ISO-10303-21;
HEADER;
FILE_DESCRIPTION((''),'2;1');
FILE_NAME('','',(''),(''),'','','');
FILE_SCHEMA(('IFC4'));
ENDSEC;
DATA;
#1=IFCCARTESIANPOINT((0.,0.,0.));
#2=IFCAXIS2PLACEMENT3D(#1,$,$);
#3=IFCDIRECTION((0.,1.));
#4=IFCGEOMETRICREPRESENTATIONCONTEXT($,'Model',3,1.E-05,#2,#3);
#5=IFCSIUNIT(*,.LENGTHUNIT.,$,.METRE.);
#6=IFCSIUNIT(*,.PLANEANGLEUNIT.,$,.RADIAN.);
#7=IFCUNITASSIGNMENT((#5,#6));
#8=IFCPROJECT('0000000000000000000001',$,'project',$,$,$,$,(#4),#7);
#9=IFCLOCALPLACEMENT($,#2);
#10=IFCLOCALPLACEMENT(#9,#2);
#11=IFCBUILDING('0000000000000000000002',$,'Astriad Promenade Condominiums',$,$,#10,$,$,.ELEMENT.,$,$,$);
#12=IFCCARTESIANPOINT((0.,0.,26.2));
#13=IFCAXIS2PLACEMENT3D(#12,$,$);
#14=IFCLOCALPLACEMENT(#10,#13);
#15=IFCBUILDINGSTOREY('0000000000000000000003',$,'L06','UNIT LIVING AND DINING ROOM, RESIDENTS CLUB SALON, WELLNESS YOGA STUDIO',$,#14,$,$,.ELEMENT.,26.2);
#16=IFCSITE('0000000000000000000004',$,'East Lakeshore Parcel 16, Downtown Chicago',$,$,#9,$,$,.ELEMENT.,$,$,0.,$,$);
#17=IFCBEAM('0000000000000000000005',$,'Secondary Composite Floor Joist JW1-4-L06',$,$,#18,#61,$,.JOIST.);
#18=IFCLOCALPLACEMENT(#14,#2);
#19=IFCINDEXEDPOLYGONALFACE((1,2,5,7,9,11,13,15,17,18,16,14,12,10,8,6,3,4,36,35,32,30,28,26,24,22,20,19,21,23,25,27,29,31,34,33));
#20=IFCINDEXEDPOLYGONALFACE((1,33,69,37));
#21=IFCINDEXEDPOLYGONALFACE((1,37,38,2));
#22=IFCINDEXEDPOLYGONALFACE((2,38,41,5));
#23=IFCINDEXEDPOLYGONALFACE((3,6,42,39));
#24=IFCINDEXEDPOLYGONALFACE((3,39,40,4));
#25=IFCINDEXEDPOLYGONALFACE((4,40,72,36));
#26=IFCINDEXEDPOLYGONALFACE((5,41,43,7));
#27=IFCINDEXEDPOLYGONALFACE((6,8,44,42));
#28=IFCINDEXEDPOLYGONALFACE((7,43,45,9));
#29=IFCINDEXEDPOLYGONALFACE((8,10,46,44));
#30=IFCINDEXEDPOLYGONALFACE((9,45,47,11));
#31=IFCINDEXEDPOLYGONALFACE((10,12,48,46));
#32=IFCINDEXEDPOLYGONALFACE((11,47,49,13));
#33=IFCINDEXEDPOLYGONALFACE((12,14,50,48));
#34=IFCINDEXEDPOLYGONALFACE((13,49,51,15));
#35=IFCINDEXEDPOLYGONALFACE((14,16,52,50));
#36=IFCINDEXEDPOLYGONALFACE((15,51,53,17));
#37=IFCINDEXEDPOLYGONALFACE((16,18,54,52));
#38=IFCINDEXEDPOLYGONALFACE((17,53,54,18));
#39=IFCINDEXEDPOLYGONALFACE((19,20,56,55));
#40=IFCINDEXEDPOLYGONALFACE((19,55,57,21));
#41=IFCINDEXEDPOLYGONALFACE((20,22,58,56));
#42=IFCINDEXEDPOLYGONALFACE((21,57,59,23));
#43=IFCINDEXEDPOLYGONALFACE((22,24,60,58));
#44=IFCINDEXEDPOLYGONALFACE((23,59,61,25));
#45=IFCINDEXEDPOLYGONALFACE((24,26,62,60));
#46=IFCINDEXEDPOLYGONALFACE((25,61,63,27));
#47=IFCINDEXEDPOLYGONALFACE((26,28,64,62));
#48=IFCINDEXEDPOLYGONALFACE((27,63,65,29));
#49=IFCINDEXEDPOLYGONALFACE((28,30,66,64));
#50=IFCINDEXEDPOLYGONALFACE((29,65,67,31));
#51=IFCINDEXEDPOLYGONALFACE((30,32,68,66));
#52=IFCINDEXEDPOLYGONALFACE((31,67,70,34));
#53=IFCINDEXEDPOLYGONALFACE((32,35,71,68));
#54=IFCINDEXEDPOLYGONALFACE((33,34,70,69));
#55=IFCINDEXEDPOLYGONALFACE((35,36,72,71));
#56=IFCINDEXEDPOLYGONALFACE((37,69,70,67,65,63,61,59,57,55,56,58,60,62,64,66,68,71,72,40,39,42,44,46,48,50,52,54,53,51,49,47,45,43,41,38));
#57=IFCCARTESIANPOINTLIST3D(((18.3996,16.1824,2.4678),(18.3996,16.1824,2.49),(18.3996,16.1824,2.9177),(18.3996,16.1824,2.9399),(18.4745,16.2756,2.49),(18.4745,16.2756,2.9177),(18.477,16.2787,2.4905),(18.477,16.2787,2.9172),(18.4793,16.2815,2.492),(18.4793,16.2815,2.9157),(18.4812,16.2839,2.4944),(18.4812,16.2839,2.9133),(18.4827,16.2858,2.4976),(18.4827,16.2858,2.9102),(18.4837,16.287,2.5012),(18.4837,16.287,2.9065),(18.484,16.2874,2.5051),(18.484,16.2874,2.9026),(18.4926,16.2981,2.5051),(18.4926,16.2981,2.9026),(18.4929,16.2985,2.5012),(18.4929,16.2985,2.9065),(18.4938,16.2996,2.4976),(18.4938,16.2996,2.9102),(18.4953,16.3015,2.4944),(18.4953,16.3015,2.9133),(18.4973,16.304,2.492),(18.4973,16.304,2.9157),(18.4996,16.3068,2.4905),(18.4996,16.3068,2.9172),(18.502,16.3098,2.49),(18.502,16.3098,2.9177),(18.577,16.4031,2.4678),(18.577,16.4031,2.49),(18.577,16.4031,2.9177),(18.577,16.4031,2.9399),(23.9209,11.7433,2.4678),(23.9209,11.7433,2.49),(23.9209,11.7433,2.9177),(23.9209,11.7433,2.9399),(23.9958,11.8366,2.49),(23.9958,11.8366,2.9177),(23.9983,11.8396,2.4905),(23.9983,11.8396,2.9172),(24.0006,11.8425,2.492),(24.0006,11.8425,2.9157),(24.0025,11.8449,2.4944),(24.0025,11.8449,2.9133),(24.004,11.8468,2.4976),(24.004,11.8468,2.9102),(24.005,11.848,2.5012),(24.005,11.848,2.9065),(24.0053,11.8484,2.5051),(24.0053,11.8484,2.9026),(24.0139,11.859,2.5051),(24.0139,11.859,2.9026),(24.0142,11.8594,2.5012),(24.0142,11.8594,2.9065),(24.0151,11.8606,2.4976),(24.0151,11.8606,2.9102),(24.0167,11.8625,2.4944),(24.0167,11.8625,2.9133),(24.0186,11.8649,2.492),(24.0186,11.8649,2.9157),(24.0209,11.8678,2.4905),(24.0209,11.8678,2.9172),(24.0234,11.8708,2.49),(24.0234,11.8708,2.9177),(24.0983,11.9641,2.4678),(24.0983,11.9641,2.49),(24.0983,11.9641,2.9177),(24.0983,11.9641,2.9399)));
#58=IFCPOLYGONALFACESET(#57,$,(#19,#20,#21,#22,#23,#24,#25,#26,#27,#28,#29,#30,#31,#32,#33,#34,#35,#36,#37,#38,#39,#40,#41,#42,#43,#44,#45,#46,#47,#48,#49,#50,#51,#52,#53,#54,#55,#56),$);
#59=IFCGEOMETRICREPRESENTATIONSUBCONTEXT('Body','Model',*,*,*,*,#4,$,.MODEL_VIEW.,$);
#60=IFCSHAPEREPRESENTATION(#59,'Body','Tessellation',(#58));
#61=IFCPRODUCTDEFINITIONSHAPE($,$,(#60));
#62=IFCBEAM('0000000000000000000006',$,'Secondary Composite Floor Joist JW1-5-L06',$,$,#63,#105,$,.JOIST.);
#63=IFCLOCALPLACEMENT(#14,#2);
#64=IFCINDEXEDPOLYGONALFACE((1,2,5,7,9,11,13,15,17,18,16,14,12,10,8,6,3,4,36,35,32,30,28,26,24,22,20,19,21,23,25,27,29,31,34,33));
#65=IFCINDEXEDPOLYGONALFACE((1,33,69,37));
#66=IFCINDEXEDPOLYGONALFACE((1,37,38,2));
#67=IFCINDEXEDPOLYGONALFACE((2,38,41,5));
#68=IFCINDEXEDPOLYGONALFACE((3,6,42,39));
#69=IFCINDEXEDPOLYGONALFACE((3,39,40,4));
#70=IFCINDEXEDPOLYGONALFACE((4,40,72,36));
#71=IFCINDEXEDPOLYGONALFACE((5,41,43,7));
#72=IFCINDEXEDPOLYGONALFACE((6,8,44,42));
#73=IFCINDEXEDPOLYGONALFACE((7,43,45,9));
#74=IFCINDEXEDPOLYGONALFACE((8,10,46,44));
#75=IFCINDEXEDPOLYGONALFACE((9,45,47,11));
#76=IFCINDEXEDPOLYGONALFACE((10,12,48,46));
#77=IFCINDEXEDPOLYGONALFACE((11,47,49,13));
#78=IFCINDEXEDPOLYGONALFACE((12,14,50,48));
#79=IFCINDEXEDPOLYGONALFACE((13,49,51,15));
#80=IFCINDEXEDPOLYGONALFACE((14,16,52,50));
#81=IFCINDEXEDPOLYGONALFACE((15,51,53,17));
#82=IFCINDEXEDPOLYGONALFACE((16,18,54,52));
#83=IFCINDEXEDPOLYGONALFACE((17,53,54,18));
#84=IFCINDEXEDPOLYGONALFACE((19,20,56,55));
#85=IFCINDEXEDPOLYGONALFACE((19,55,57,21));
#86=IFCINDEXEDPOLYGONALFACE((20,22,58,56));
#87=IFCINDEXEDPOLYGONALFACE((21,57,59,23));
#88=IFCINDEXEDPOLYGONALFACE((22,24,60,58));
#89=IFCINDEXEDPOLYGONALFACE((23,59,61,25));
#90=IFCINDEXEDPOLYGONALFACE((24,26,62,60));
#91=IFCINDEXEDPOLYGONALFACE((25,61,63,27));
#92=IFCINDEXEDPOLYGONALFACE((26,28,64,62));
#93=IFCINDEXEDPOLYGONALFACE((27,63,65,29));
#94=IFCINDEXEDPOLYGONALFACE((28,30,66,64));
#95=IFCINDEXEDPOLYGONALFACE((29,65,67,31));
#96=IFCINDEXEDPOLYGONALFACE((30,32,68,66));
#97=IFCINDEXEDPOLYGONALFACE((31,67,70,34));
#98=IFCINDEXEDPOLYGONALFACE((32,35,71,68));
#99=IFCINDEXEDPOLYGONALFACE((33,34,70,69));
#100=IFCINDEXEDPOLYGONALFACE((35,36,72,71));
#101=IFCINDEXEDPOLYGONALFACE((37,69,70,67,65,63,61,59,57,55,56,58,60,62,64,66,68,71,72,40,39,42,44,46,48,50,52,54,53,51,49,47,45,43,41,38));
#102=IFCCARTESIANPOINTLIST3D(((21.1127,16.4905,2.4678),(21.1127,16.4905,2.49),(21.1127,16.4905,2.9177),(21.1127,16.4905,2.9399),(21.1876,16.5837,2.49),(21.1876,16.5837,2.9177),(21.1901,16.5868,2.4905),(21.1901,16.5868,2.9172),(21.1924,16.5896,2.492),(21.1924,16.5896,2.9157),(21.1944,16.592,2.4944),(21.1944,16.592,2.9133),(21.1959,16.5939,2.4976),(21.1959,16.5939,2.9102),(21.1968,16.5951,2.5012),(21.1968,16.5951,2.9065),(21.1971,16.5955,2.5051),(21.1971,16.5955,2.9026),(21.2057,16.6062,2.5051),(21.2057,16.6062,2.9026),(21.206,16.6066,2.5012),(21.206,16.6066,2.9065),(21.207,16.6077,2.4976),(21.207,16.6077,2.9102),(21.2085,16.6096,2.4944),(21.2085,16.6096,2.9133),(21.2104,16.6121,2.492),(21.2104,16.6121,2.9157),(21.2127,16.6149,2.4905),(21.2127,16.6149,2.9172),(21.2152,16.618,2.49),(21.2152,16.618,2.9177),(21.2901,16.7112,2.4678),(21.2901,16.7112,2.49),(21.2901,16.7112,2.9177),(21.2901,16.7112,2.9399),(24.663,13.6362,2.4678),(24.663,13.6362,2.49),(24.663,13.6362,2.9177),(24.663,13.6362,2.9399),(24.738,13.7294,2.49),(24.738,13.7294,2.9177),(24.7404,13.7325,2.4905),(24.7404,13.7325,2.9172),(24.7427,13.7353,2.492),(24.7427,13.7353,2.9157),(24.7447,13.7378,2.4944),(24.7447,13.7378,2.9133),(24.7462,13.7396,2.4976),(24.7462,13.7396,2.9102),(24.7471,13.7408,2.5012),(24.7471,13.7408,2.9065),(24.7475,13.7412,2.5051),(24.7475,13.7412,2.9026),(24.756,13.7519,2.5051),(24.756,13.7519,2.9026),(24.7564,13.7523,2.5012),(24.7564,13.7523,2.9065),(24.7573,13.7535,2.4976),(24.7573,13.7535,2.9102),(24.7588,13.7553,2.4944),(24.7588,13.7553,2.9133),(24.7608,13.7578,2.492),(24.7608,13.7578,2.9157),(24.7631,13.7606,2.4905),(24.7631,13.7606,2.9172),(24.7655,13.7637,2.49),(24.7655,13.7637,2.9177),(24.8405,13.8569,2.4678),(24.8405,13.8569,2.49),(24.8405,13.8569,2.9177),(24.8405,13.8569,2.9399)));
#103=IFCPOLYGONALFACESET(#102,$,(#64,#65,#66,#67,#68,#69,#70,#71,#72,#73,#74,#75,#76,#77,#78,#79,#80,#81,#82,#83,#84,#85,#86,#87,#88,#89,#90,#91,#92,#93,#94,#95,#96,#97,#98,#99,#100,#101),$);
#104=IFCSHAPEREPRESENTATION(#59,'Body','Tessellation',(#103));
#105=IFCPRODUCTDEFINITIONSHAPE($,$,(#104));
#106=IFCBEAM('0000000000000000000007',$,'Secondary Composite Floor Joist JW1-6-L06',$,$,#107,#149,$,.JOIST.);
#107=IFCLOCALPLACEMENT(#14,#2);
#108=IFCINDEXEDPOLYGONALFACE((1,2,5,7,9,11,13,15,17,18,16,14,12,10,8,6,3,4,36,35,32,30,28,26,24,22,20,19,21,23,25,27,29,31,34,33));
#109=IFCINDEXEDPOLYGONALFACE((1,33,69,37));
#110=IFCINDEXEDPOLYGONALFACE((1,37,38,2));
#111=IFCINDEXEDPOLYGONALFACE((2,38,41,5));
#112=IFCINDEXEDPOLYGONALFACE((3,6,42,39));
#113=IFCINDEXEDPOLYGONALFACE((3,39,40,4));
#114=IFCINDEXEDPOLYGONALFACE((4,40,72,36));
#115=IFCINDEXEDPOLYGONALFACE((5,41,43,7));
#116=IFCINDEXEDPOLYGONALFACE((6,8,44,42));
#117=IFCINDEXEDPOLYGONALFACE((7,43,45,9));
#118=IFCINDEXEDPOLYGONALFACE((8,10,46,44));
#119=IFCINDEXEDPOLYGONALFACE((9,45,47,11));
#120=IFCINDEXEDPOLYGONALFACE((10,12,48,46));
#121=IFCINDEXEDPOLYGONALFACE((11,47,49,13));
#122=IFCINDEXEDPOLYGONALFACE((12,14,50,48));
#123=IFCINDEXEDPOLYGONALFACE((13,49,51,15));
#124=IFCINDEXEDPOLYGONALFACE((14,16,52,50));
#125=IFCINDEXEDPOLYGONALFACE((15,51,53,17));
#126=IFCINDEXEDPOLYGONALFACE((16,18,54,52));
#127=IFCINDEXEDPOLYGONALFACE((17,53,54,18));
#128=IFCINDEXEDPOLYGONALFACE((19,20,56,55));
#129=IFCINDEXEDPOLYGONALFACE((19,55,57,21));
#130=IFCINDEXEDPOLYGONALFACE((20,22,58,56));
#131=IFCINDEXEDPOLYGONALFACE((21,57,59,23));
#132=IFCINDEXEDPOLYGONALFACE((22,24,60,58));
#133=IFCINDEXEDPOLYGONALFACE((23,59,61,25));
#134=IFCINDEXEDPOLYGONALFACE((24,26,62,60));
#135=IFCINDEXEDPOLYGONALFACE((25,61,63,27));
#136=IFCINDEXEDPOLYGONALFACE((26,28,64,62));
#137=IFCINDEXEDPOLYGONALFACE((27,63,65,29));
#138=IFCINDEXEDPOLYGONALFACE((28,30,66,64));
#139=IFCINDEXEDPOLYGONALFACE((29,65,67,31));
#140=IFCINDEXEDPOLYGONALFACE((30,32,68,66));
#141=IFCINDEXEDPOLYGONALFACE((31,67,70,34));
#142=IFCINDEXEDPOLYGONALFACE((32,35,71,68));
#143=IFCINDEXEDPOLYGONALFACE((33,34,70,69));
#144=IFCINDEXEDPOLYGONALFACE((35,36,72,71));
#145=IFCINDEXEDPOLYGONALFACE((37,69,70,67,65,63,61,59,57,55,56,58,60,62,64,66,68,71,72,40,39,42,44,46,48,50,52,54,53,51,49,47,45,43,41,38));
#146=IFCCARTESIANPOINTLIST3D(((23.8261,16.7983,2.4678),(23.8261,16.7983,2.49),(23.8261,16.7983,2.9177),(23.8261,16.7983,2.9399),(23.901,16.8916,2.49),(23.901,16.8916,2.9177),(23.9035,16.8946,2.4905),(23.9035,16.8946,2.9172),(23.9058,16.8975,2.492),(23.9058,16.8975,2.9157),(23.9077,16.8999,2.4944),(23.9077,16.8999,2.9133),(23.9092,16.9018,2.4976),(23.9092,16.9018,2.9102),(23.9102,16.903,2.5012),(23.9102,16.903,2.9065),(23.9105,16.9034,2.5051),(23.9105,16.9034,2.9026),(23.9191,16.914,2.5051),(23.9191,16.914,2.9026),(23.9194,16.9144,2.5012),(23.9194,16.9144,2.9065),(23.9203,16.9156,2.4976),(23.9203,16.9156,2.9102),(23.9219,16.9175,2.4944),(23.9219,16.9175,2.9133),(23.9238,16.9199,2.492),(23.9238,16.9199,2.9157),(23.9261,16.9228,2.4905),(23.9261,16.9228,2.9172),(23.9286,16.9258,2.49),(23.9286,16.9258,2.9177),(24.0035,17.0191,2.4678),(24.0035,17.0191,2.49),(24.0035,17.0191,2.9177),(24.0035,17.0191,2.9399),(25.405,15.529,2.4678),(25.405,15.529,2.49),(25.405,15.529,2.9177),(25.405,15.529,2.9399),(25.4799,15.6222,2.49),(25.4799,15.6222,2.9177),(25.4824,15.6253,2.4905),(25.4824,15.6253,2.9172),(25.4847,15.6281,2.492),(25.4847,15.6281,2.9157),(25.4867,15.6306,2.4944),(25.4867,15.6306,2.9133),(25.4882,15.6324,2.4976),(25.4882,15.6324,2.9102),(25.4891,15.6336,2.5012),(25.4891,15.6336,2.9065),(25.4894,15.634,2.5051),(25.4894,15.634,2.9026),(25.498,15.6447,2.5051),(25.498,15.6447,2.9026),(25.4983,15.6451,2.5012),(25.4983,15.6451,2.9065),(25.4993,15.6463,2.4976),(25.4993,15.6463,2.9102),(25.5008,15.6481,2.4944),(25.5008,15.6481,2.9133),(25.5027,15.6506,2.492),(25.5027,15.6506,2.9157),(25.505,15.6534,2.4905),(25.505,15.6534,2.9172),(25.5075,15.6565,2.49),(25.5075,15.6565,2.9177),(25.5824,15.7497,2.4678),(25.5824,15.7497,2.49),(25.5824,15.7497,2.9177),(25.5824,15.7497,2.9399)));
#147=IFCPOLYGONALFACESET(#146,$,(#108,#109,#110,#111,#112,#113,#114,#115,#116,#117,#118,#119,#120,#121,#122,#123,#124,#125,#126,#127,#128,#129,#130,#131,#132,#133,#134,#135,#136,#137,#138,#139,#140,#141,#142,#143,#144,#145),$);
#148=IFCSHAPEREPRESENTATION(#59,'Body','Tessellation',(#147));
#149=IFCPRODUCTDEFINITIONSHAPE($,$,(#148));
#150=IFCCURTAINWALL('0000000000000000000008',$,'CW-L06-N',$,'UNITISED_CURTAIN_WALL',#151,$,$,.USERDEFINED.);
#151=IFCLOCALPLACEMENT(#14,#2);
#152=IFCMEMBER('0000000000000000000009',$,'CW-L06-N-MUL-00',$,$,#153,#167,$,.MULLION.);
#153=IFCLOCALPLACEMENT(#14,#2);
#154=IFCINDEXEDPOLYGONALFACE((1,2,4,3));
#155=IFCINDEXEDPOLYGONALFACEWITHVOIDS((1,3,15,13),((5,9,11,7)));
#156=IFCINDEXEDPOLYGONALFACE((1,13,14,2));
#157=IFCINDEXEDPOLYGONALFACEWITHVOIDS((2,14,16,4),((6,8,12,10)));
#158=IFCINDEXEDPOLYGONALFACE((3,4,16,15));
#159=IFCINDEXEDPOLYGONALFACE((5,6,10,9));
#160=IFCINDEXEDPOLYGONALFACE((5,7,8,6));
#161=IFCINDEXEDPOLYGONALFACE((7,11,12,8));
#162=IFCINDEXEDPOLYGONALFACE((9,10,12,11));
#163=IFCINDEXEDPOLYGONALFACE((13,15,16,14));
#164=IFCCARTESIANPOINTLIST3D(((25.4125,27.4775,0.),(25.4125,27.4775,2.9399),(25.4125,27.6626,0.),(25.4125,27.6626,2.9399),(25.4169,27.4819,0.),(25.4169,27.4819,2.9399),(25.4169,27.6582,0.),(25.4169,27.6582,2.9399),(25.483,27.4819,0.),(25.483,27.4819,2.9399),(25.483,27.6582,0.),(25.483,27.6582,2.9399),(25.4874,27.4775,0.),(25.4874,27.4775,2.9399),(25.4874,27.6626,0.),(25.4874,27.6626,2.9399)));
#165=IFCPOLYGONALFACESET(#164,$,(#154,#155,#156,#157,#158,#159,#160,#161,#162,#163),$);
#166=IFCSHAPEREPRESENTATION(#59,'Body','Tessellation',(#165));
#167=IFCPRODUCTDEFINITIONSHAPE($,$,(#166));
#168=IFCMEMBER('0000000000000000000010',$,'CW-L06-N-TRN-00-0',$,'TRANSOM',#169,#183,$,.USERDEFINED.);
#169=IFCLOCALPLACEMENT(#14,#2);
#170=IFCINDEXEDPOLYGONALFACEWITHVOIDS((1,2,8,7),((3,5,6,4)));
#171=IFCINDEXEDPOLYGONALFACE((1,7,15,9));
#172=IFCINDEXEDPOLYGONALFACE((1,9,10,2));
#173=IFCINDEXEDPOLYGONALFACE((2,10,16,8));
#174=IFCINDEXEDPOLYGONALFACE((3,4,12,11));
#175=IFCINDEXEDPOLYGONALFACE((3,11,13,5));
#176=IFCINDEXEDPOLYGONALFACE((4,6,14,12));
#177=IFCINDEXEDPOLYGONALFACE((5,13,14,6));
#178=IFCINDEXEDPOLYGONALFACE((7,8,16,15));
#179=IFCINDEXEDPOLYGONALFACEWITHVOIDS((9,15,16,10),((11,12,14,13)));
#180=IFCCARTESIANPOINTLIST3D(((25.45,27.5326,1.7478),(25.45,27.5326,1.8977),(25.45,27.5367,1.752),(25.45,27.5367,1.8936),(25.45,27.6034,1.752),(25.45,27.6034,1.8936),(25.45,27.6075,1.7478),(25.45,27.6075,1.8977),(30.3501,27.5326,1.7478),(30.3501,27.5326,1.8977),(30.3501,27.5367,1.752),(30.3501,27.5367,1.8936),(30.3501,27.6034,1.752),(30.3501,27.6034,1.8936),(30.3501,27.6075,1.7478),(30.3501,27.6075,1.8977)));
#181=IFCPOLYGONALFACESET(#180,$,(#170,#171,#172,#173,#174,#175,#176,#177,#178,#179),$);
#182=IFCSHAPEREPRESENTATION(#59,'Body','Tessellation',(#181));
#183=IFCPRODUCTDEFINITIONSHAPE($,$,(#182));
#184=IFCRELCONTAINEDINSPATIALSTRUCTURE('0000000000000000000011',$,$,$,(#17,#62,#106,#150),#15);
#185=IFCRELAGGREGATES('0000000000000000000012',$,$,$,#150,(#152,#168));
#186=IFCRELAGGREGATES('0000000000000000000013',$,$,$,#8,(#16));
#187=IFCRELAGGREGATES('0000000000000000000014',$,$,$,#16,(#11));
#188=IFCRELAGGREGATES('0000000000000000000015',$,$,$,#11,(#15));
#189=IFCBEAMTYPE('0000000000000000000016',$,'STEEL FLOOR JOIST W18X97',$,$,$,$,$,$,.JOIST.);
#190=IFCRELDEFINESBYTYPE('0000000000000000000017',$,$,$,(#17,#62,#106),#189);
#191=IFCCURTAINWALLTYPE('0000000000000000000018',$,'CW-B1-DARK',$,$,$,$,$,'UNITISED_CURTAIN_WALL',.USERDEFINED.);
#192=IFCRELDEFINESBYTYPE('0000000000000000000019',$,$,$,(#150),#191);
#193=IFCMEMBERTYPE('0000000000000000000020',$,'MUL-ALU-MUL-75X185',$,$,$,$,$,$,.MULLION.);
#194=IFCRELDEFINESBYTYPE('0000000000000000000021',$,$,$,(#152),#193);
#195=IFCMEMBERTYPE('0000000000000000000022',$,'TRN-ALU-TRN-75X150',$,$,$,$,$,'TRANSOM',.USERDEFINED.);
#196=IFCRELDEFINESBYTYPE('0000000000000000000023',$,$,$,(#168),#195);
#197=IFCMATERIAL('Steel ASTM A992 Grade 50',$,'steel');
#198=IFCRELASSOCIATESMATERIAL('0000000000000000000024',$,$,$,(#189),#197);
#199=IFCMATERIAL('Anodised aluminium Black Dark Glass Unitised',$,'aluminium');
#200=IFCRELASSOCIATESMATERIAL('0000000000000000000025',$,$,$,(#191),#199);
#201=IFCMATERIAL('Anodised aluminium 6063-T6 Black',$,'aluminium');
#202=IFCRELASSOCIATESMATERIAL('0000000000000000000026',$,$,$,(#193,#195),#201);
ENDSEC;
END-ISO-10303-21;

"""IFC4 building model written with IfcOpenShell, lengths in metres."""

from ifc_helpers import new_model, si_unit, direction, frame, origin, origin_2d, place, context, subcontext, project, spatial, hollow_rectangle, i_section, extrude, source, transform, mapped, material, material_profile, profile_set, type_object, type_shapes, element, aggregate, save


model = new_model("IFC4")

# Units and contexts
model_context = context("Model", 3, precision=1e-05, world=origin(), true_north=direction((0.0, 1.0)))
body_context = subcontext(model_context, "Body", "Model", "MODEL_VIEW")
ifc_project = project(units=[si_unit("LENGTHUNIT", "METRE"), si_unit("PLANEANGLEUNIT", "RADIAN")], contexts=[model_context])

# Site, building, storey
site_placement = place(None, origin())
site = spatial("IfcSite", under=ifc_project, at=site_placement, Name="East Lakeshore Parcel 16, Downtown Chicago", CompositionType="ELEMENT", RefElevation=0.0)
building_placement = place(site_placement, origin())
building = spatial("IfcBuilding", under=site, at=building_placement, Name="Astriad Promenade Condominiums", CompositionType="ELEMENT")
storey_placement = place(building_placement, frame((0.0, 0.0, 26.2)))
storey = spatial("IfcBuildingStorey", under=building, at=storey_placement, Name="L06", Description="UNIT LIVING AND DINING ROOM, RESIDENTS CLUB SALON, WELLNESS YOGA STUDIO", CompositionType="ELEMENT", Elevation=26.2)

# Shared definitions
ifc_material_1 = material(Name="Steel ASTM A992 Grade 50", Category="steel")

# Beams
ifc_material_profile_1 = material_profile(ifc_material_1, i_section(OverallWidth=0.2832, OverallDepth=0.4722, WebThickness=0.0137, FlangeThickness=0.0222, FilletRadius=0.0151, at=origin_2d()), Name="W18X97")
ifc_profile_set_1 = profile_set([ifc_material_profile_1], Name="Steel ASTM A992 Grade 50")
beam_type_1 = type_object("IfcBeamType", Name="STEEL FLOOR JOIST W18X97", PredefinedType="JOIST", material=ifc_profile_set_1)
shared_shape_1 = source(origin(), body_context, "Body", "SweptSolid", [
    extrude(i_section(OverallWidth=0.2832, OverallDepth=0.4722, WebThickness=0.0137, FlangeThickness=0.0222, FilletRadius=0.0151, at=origin_2d()), origin(), (0.0, 0.0, 1.0), 7.0845),
])
beam_1_placement = place(storey_placement, frame((18.4883, 16.2927, 2.7039), z_axis=(0.779354, -0.626584, 0.0), x_axis=(0.626584, 0.779354, 0.0)))
element("IfcBeam", 1, at=beam_1_placement, inside=storey, type_object=beam_type_1, Name="Secondary Composite Floor Joist JW1-4-L06", PredefinedType="JOIST", context=body_context, shape_type="MappedRepresentation", body=[
    mapped(shared_shape_1, transform((0.0, 0.0, 0.0), scale=1.0)),
])
shared_shape_2 = source(origin(), body_context, "Body", "SweptSolid", [
    extrude(i_section(OverallWidth=0.2832, OverallDepth=0.4722, WebThickness=0.0137, FlangeThickness=0.0222, FilletRadius=0.0151, at=origin_2d()), origin(), (0.0, 0.0, 1.0), 4.5554),
])
beam_2_placement = place(storey_placement, frame((21.2014, 16.6008, 2.7039), z_axis=(0.779366, -0.626569, 0.0), x_axis=(0.626569, 0.779366, 0.0)))
element("IfcBeam", 2, at=beam_2_placement, inside=storey, type_object=beam_type_1, Name="Secondary Composite Floor Joist JW1-5-L06", PredefinedType="JOIST", context=body_context, shape_type="MappedRepresentation", body=[
    mapped(shared_shape_2, transform((0.0, 0.0, 0.0), scale=1.0)),
])
shared_shape_3 = source(origin(), body_context, "Body", "SweptSolid", [
    extrude(i_section(OverallWidth=0.2832, OverallDepth=0.4722, WebThickness=0.0137, FlangeThickness=0.0222, FilletRadius=0.0151, at=origin_2d()), origin(), (0.0, 0.0, 1.0), 2.0259),
])
beam_3_placement = place(storey_placement, frame((23.9148, 16.9087, 2.7039), z_axis=(0.779373, -0.62656, 0.0), x_axis=(0.62656, 0.779373, 0.0)))
element("IfcBeam", 3, at=beam_3_placement, inside=storey, type_object=beam_type_1, Name="Secondary Composite Floor Joist JW1-6-L06", PredefinedType="JOIST", context=body_context, shape_type="MappedRepresentation", body=[
    mapped(shared_shape_3, transform((0.0, 0.0, 0.0), scale=1.0)),
])

# Curtain wall, members
ifc_material_2 = material(Name="Anodised aluminium Black Dark Glass Unitised", Category="aluminium")
curtain_wall_type = type_object("IfcCurtainWallType", Name="CW-B1-DARK", ElementType="UNITISED_CURTAIN_WALL", PredefinedType="USERDEFINED", material=ifc_material_2)
curtain_wall_placement = place(storey_placement, origin())
curtain_wall = element("IfcCurtainWall", 4, at=curtain_wall_placement, inside=storey, type_object=curtain_wall_type, Name="CW-L06-N", ObjectType="UNITISED_CURTAIN_WALL", PredefinedType="USERDEFINED")
ifc_material_3 = material(Name="Anodised aluminium 6063-T6 Black", Category="aluminium")
ifc_material_profile_2 = material_profile(ifc_material_3, hollow_rectangle(XDim=0.075, YDim=0.1851, WallThickness=0.0044, at=origin_2d()), Name="ALU-MUL-75X185")
ifc_profile_set_2 = profile_set([ifc_material_profile_2], Name="Anodised aluminium 6063-T6 Black")
member_type_1 = type_object("IfcMemberType", Name="MUL-ALU-MUL-75X185", PredefinedType="MULLION", material=ifc_profile_set_2)
shared_shape_4 = source(origin(), body_context, "Body", "SweptSolid", [
    extrude(hollow_rectangle(XDim=0.075, YDim=0.1851, WallThickness=0.0044, at=origin_2d()), origin(), (0.0, 0.0, 1.0), 2.9399),
])
type_shapes(member_type_1, [shared_shape_4])
member_1_placement = place(storey_placement, frame((25.45, 27.5701, 0.0), z_axis=(0.0, 0.0, 1.0), x_axis=(1.0, 0.0, 0.0)))
member_1 = element("IfcMember", 5, at=member_1_placement, type_object=member_type_1, Name="CW-L06-N-MUL-00", PredefinedType="MULLION", context=body_context, shape_type="MappedRepresentation", body=[
    mapped(shared_shape_4, transform((0.0, 0.0, 0.0), scale=1.0)),
])
ifc_material_profile_3 = material_profile(ifc_material_3, hollow_rectangle(XDim=0.075, YDim=0.1499, WallThickness=0.0042, at=origin_2d()), Name="ALU-TRN-75X150")
ifc_profile_set_3 = profile_set([ifc_material_profile_3], Name="Anodised aluminium 6063-T6 Black")
member_type_2 = type_object("IfcMemberType", Name="TRN-ALU-TRN-75X150", ElementType="TRANSOM", PredefinedType="USERDEFINED", material=ifc_profile_set_3)
shared_shape_5 = source(origin(), body_context, "Body", "SweptSolid", [
    extrude(hollow_rectangle(XDim=0.075, YDim=0.1499, WallThickness=0.0042, at=origin_2d()), origin(), (0.0, 0.0, 1.0), 4.9001),
])
type_shapes(member_type_2, [shared_shape_5])
member_2_placement = place(storey_placement, frame((25.45, 27.5701, 1.8228), z_axis=(1.0, 0.0, 0.0), x_axis=(0.0, 1.0, 0.0)))
member_2 = element("IfcMember", 6, at=member_2_placement, type_object=member_type_2, Name="CW-L06-N-TRN-00-0", ObjectType="TRANSOM", PredefinedType="USERDEFINED", context=body_context, shape_type="MappedRepresentation", body=[
    mapped(shared_shape_5, transform((0.0, 0.0, 0.0), scale=1.0)),
])
aggregate(curtain_wall, [member_1, member_2])

save(model, "model.ifc")
